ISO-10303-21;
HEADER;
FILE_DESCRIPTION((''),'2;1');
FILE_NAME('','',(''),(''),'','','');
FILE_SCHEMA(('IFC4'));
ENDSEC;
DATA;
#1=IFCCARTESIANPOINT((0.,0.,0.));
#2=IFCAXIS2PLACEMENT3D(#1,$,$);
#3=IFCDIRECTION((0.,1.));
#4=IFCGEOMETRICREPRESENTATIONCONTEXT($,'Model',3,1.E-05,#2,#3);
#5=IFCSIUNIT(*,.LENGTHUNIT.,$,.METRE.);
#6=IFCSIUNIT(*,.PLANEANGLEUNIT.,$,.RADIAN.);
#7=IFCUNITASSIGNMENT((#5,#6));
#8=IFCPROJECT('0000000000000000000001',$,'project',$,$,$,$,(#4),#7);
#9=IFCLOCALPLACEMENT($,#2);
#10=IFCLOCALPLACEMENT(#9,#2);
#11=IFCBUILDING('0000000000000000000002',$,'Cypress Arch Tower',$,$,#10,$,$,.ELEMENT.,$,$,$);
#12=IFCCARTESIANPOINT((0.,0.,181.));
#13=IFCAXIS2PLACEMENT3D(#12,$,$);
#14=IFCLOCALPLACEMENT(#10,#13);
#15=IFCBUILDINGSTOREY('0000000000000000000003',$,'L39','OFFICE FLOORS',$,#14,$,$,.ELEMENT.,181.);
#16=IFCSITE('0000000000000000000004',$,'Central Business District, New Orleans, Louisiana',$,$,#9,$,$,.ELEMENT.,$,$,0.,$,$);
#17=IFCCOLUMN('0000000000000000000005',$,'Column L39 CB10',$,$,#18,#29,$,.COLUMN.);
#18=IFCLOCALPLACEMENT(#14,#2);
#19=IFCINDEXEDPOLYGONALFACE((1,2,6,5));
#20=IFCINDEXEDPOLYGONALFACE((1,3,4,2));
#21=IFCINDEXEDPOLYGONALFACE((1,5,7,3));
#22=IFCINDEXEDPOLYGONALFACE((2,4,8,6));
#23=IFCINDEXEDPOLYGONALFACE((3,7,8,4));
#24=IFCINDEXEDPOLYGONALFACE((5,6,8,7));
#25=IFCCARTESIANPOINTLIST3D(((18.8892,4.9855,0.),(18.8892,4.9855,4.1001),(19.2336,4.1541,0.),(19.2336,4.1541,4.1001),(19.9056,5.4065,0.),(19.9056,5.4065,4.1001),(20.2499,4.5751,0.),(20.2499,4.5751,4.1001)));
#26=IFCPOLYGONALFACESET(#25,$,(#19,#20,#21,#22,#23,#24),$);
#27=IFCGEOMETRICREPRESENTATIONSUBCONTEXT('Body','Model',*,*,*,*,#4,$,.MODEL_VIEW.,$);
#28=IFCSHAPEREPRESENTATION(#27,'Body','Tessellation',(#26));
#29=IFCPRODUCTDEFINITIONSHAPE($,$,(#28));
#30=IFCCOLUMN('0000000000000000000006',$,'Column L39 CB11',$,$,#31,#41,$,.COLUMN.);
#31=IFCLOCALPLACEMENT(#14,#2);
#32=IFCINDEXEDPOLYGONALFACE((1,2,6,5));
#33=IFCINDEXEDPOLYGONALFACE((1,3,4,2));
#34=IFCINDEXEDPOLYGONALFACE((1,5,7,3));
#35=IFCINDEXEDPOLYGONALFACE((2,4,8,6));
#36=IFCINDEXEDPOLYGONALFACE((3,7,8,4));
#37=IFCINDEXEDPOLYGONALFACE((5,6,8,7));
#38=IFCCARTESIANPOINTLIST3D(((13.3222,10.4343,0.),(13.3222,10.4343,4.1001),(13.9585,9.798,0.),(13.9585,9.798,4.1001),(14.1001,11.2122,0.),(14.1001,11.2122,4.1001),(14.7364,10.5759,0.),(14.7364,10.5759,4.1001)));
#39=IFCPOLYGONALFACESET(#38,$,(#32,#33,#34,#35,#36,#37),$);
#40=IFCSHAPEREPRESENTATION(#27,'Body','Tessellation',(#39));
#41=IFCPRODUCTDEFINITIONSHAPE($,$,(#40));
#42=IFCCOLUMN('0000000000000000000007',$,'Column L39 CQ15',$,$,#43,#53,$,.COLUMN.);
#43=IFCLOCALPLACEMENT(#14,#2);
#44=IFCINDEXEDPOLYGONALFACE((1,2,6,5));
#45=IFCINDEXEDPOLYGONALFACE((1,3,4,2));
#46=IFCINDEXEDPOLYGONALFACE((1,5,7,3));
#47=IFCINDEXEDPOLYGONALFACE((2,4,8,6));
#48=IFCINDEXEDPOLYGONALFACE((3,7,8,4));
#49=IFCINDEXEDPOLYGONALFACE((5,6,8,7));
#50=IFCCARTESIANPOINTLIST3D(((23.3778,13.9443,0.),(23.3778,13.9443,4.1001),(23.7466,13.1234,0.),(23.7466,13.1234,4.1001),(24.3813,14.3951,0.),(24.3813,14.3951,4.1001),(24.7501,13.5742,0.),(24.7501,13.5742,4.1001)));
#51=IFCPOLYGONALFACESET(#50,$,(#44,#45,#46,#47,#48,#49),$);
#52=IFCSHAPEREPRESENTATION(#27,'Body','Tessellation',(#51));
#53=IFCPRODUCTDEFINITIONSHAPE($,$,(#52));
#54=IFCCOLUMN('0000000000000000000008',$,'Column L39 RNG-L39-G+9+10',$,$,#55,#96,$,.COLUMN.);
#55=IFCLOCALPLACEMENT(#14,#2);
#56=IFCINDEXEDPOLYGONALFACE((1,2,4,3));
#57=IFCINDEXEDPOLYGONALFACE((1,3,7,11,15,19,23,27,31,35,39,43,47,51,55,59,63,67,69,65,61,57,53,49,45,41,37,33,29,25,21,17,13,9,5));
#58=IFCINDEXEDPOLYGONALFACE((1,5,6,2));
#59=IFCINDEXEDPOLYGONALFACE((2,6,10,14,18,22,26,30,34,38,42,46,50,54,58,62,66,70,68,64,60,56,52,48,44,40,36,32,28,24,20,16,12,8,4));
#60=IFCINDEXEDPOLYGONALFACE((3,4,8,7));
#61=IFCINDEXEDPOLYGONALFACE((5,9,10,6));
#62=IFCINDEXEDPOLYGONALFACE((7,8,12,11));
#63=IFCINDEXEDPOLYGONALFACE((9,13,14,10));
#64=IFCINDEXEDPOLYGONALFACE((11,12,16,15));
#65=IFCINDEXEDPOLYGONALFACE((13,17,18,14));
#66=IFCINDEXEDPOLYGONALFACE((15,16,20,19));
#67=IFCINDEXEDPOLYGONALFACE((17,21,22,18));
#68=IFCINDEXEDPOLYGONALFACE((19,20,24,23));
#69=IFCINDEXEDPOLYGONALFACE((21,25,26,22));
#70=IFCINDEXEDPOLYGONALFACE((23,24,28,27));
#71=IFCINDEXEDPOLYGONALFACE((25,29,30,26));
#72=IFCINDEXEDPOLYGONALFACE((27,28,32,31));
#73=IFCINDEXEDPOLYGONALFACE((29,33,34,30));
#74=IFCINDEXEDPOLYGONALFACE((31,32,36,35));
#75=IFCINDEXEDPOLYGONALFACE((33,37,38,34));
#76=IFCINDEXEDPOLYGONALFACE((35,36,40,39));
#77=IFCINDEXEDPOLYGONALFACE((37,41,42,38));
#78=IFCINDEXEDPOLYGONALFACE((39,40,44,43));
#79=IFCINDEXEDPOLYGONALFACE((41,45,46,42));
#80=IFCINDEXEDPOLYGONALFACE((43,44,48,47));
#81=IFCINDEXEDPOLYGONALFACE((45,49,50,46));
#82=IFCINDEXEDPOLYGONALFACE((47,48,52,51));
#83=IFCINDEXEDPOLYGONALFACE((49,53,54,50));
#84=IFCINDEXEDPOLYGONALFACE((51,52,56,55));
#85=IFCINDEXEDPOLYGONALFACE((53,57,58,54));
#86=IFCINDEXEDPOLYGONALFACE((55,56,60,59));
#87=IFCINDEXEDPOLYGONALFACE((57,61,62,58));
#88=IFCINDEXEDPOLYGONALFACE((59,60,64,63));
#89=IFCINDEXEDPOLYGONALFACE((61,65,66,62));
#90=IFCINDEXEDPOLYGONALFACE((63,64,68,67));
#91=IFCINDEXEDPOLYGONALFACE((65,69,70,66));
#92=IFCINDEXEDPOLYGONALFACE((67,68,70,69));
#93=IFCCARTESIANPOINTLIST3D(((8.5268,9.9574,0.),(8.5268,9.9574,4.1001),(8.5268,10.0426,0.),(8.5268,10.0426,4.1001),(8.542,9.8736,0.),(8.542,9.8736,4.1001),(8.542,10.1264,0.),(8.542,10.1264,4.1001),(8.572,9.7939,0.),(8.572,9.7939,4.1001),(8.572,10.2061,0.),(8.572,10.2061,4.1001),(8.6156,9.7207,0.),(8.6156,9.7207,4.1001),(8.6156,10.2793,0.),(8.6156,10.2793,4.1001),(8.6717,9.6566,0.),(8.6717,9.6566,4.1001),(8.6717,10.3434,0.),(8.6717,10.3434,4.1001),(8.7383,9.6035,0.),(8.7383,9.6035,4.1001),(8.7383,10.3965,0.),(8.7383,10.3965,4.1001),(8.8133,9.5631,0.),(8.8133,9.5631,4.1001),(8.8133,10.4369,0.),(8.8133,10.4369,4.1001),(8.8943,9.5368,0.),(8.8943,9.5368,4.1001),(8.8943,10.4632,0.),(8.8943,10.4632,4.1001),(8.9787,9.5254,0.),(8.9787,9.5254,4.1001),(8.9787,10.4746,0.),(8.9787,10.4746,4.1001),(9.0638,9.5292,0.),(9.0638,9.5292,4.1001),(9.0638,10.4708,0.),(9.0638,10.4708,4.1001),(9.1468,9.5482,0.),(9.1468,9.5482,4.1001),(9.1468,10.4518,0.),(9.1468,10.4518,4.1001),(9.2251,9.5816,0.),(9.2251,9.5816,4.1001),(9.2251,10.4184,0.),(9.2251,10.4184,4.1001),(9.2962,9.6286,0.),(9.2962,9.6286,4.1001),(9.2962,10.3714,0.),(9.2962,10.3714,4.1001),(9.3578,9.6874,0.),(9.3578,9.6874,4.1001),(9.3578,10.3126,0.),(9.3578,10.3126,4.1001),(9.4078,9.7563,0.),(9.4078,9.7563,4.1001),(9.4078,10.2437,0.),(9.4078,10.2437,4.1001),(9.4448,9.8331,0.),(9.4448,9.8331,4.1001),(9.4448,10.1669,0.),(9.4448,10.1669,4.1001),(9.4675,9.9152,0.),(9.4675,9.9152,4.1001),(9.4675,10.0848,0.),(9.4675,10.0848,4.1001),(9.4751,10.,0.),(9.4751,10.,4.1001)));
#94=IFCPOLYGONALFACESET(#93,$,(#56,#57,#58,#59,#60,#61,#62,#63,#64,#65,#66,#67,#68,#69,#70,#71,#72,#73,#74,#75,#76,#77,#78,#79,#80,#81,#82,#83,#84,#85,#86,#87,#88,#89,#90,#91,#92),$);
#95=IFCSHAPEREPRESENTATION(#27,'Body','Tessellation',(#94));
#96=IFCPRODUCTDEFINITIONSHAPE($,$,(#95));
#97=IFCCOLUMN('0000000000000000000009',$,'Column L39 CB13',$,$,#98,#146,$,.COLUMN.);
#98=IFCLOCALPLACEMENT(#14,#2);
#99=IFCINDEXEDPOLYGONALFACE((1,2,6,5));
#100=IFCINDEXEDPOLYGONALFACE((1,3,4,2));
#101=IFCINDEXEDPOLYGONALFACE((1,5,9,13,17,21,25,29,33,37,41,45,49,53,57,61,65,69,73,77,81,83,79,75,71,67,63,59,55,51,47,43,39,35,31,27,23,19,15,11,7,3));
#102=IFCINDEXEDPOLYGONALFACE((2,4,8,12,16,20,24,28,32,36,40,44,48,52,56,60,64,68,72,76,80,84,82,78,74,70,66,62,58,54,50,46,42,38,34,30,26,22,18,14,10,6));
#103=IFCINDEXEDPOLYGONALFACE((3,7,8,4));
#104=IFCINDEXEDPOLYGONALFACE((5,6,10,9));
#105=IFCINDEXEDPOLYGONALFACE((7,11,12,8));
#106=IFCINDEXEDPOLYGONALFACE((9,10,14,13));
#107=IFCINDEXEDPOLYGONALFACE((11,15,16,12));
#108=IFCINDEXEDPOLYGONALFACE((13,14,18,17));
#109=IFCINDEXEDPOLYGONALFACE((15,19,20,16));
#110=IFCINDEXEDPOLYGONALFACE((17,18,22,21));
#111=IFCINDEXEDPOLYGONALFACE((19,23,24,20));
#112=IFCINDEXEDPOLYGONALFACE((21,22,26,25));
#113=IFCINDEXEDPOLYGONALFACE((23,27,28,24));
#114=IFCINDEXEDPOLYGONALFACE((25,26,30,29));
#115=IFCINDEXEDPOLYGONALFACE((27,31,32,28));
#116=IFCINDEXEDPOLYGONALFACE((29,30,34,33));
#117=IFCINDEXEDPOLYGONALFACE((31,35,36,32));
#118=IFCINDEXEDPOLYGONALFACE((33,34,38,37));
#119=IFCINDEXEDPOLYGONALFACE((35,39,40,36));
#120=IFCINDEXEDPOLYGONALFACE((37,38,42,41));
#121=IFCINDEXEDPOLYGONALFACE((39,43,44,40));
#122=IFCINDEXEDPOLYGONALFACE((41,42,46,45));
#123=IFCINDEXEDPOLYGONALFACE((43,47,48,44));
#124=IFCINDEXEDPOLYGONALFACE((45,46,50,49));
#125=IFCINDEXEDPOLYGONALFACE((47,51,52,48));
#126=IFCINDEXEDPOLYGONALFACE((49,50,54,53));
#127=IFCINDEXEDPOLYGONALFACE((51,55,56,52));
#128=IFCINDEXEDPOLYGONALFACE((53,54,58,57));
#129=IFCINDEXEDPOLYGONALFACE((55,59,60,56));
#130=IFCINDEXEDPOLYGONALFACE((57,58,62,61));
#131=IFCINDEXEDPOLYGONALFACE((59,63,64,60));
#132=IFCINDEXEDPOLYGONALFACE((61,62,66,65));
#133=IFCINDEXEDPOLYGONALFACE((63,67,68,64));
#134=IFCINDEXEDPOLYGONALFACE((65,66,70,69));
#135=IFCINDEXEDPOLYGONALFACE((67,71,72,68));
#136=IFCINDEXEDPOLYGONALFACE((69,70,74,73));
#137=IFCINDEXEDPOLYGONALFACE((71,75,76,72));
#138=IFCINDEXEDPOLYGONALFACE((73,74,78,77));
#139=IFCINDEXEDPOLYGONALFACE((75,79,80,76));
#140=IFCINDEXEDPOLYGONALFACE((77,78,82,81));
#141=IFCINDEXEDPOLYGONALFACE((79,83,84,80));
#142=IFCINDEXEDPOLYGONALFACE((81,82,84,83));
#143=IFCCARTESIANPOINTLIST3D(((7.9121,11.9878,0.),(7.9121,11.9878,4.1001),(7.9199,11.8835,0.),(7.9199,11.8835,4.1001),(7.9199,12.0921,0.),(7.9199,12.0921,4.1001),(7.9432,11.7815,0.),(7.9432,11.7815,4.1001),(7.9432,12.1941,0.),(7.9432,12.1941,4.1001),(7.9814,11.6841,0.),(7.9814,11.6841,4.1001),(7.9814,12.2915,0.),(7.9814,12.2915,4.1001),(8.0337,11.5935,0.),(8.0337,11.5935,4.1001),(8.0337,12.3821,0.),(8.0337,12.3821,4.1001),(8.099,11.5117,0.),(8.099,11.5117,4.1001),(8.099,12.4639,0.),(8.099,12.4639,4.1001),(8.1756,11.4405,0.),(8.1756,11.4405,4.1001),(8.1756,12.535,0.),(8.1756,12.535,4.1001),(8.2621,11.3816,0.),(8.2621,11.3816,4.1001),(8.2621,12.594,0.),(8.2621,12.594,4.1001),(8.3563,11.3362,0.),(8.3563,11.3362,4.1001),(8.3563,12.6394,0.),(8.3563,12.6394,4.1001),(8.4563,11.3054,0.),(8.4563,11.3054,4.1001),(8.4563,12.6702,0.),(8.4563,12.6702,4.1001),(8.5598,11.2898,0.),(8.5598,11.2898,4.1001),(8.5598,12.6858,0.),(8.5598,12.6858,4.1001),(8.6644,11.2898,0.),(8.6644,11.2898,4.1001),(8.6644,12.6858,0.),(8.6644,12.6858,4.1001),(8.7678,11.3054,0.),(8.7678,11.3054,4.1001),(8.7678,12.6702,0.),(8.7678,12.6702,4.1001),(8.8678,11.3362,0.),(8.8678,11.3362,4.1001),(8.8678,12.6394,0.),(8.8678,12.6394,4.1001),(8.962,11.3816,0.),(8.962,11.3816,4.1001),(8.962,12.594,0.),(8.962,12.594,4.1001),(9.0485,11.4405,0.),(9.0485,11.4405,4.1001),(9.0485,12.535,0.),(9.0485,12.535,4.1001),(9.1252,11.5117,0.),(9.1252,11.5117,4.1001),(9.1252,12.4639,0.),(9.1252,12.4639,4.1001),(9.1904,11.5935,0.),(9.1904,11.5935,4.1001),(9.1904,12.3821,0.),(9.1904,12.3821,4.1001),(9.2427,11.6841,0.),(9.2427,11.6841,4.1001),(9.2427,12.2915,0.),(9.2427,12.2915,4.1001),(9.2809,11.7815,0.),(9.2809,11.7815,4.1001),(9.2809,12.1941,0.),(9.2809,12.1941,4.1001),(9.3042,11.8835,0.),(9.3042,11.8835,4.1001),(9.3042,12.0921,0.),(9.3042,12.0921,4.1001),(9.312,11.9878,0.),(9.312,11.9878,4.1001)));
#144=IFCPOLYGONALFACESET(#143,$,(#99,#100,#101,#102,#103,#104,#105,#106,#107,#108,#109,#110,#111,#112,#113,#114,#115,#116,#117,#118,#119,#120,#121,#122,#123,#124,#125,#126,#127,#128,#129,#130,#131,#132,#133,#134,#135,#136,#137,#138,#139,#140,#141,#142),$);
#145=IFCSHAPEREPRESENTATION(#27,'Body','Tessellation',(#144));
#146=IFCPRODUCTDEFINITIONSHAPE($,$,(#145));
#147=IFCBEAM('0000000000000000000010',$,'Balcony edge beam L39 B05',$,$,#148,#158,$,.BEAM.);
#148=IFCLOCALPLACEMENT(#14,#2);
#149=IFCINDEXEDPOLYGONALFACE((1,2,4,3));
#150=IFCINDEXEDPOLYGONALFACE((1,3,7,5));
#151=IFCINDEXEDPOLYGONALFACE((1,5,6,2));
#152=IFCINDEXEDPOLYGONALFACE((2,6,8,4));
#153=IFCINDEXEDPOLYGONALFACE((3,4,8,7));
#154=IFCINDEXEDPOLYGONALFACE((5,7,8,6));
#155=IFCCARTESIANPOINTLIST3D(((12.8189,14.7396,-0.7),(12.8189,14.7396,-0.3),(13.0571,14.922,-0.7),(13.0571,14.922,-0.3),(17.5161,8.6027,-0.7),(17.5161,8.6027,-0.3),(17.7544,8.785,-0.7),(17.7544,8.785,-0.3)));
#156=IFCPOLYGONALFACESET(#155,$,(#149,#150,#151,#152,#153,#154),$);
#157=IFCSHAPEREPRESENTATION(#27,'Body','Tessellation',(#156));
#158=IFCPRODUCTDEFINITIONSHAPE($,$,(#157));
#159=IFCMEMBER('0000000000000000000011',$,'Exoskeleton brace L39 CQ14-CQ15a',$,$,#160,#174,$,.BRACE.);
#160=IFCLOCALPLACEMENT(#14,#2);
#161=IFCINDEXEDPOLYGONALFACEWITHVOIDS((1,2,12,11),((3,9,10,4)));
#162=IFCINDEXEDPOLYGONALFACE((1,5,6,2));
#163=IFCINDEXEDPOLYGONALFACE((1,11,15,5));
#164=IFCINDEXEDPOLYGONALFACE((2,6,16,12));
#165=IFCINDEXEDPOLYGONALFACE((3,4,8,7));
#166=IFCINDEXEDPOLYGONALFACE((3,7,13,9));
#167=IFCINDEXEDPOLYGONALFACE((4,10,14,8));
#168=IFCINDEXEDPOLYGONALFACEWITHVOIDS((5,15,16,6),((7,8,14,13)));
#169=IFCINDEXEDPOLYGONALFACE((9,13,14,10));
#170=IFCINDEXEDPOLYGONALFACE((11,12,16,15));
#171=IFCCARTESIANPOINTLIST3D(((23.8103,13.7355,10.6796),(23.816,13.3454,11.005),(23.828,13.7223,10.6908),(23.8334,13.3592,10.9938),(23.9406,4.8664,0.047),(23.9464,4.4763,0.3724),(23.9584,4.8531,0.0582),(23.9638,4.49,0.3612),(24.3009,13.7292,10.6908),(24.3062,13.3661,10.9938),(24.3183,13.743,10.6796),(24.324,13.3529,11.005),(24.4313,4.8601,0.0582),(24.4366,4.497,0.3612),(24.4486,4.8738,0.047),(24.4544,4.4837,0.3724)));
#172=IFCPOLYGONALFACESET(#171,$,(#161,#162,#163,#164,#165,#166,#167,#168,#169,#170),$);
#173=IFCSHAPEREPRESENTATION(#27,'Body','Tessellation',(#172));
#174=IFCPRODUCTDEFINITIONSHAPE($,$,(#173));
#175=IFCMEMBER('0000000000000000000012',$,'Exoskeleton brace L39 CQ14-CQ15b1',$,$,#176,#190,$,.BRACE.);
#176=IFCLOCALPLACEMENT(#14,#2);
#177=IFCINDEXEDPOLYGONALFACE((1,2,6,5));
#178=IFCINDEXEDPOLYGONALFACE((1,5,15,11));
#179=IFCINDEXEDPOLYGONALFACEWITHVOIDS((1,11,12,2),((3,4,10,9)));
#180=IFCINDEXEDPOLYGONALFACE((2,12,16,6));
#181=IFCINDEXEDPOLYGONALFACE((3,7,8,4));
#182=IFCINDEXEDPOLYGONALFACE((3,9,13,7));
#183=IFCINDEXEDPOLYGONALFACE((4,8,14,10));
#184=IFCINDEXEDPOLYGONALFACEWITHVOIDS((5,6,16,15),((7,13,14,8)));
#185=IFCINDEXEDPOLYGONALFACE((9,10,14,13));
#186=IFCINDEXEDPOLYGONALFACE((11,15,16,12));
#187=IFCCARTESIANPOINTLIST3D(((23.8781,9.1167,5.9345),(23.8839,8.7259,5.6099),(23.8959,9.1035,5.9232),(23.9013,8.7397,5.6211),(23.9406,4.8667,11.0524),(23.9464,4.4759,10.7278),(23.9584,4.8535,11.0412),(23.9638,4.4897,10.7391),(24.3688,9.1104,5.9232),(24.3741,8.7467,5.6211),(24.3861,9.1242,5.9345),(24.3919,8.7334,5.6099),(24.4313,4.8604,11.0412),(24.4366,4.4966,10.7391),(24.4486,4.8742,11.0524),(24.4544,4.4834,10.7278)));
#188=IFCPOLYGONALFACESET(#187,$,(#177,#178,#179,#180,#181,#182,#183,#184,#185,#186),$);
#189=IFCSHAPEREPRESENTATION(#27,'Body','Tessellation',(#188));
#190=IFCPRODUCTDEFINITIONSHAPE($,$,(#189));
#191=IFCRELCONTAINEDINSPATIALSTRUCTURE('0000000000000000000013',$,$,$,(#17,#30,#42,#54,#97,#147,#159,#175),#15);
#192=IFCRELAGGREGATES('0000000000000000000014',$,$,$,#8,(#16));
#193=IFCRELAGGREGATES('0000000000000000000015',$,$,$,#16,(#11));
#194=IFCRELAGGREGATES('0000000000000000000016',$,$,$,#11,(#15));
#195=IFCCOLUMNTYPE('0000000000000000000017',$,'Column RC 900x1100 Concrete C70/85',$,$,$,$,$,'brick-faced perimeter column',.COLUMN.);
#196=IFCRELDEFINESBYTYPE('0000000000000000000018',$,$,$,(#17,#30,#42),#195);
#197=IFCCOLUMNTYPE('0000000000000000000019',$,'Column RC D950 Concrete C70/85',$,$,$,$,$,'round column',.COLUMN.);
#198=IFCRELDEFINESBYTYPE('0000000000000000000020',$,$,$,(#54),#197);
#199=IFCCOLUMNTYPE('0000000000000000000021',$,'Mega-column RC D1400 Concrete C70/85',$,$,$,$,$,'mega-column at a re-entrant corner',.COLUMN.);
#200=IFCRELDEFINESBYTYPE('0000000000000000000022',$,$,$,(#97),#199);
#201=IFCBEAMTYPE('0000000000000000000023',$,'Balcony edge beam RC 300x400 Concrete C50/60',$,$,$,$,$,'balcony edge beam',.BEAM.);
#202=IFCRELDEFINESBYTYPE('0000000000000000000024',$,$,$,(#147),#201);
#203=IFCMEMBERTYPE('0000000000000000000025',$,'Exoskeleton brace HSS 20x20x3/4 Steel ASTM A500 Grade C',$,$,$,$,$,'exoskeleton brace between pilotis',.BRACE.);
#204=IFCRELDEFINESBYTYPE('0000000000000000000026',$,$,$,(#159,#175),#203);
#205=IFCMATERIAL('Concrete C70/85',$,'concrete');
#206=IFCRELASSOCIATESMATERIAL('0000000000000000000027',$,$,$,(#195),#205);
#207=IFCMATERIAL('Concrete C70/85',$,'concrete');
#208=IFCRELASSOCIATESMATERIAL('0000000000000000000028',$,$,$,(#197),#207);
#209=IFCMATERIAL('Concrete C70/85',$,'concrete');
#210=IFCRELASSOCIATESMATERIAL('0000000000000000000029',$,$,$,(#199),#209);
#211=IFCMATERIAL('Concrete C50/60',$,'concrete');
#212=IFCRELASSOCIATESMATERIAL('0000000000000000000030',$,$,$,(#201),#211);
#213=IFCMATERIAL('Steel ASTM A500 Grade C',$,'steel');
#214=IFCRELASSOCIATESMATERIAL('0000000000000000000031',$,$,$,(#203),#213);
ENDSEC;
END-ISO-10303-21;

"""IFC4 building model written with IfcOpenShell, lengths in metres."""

from ifc_helpers import new_model, si_unit, direction, frame, origin, origin_2d, place, context, subcontext, project, spatial, rectangle, hollow_rectangle, circle, extrude, material, material_profile, profile_set, type_object, element, save


model = new_model("IFC4")

# Units and contexts
model_context = context("Model", 3, precision=1e-05, world=origin(), true_north=direction((0.0, 1.0)))
body_context = subcontext(model_context, "Body", "Model", "MODEL_VIEW")
ifc_project = project(units=[si_unit("LENGTHUNIT", "METRE"), si_unit("PLANEANGLEUNIT", "RADIAN")], contexts=[model_context])

# Site, building, storey
site_placement = place(None, origin())
site = spatial("IfcSite", under=ifc_project, at=site_placement, Name="Central Business District, New Orleans, Louisiana", CompositionType="ELEMENT", RefElevation=0.0)
building_placement = place(site_placement, origin())
building = spatial("IfcBuilding", under=site, at=building_placement, Name="Cypress Arch Tower", CompositionType="ELEMENT")
storey_placement = place(building_placement, frame((0.0, 0.0, 181.0)))
storey = spatial("IfcBuildingStorey", under=building, at=storey_placement, Name="L39", Description="OFFICE FLOORS", CompositionType="ELEMENT", Elevation=181.0)

# Columns
ifc_material_1 = material(Name="Concrete C70/85", Category="concrete")
ifc_material_profile_1 = material_profile(ifc_material_1, rectangle(XDim=0.8999, YDim=1.1001, at=origin_2d()), Name="RC 900x1100")
ifc_profile_set_1 = profile_set([ifc_material_profile_1], Name="Concrete C70/85")
column_type_1 = type_object("IfcColumnType", Name="Column RC 900x1100 Concrete C70/85", ElementType="brick-faced perimeter column", PredefinedType="COLUMN", material=ifc_profile_set_1)
for number, where, z_axis, x_axis, name in (
    (1, (19.5696, 4.7803, 0.0), (0.0, 0.0, 1.0), (-0.382683, 0.92388, 0.0), "Column L39 CB10"),
    (2, (14.0293, 10.5051, 0.0), (0.0, 0.0, 1.0), (-0.707107, 0.707107, 0.0), "Column L39 CB11"),
    (3, (24.064, 13.7593, 0.0), (0.0, 0.0, 1.0), (-0.409765, 0.912191, 0.0), "Column L39 CQ15"),
):
    element("IfcColumn", number, at=place(storey_placement, frame(where, z_axis=z_axis, x_axis=x_axis)), inside=storey, type_object=column_type_1, Name=name, PredefinedType="COLUMN", context=body_context, shape_type="SweptSolid", body=[
        extrude(rectangle(XDim=0.8999, YDim=1.1001, at=origin_2d()), origin(), (0.0, 0.0, 1.0), 4.1001),
    ])
ifc_material_2 = material(Name="Concrete C70/85", Category="concrete")
ifc_material_profile_2 = material_profile(ifc_material_2, circle(Radius=0.4751, at=origin_2d()), Name="RC D950")
ifc_profile_set_2 = profile_set([ifc_material_profile_2], Name="Concrete C70/85")
column_type_2 = type_object("IfcColumnType", Name="Column RC D950 Concrete C70/85", ElementType="round column", PredefinedType="COLUMN", material=ifc_profile_set_2)
column_1_placement = place(storey_placement, frame((9.0, 10.0, 0.0), z_axis=(0.0, 0.0, 1.0), x_axis=(1.0, 0.0, 0.0)))
element("IfcColumn", 4, at=column_1_placement, inside=storey, type_object=column_type_2, Name="Column L39 RNG-L39-G+9+10", PredefinedType="COLUMN", context=body_context, shape_type="SweptSolid", body=[
    extrude(circle(Radius=0.4751, at=origin_2d()), origin(), (0.0, 0.0, 1.0), 4.1001),
])
ifc_material_3 = material(Name="Concrete C70/85", Category="concrete")
ifc_material_profile_3 = material_profile(ifc_material_3, circle(Radius=0.7, at=origin_2d()), Name="RC D1400")
ifc_profile_set_3 = profile_set([ifc_material_profile_3], Name="Concrete C70/85")
column_type_3 = type_object("IfcColumnType", Name="Mega-column RC D1400 Concrete C70/85", ElementType="mega-column at a re-entrant corner", PredefinedType="COLUMN", material=ifc_profile_set_3)
column_2_placement = place(storey_placement, frame((8.6121, 11.9878, 0.0), z_axis=(0.0, 0.0, 1.0), x_axis=(1.0, 0.0, 0.0)))
element("IfcColumn", 5, at=column_2_placement, inside=storey, type_object=column_type_3, Name="Column L39 CB13", PredefinedType="COLUMN", context=body_context, shape_type="SweptSolid", body=[
    extrude(circle(Radius=0.7, at=origin_2d()), origin(), (0.0, 0.0, 1.0), 4.1001),
])

# Beam
ifc_material_4 = material(Name="Concrete C50/60", Category="concrete")
ifc_material_profile_4 = material_profile(ifc_material_4, rectangle(XDim=0.3, YDim=0.3999, at=origin_2d()), Name="RC 300x400")
ifc_profile_set_4 = profile_set([ifc_material_profile_4], Name="Concrete C50/60")
beam_type_1 = type_object("IfcBeamType", Name="Balcony edge beam RC 300x400 Concrete C50/60", ElementType="balcony edge beam", PredefinedType="BEAM", material=ifc_profile_set_4)
beam_1_placement = place(storey_placement, frame((17.6353, 8.6938, -0.5), z_axis=(-0.607801, 0.79409, 0.0), x_axis=(-0.79409, -0.607801, 0.0)))
element("IfcBeam", 6, at=beam_1_placement, inside=storey, type_object=beam_type_1, Name="Balcony edge beam L39 B05", PredefinedType="BEAM", context=body_context, shape_type="SweptSolid", body=[
    extrude(rectangle(XDim=0.3, YDim=0.3999, at=origin_2d()), origin(), (0.0, 0.0, 1.0), 7.7283),
])

# Members
ifc_material_5 = material(Name="Steel ASTM A500 Grade C", Category="steel")
ifc_material_profile_5 = material_profile(ifc_material_5, hollow_rectangle(XDim=0.5081, YDim=0.5081, WallThickness=0.0176, at=origin_2d()), Name="HSS 20x20x3/4")
ifc_profile_set_5 = profile_set([ifc_material_profile_5], Name="Steel ASTM A500 Grade C")
member_type = type_object("IfcMemberType", Name="Exoskeleton brace HSS 20x20x3/4 Steel ASTM A500 Grade C", ElementType="exoskeleton brace between pilotis", PredefinedType="BRACE", material=ifc_profile_set_5)
member_1_placement = place(storey_placement, frame((24.1975, 4.675, 0.2097), z_axis=(-0.009415, 0.640525, 0.767879), x_axis=(-0.999892, -0.014698, 0.0)))
element("IfcMember", 7, at=member_1_placement, inside=storey, type_object=member_type, Name="Exoskeleton brace L39 CQ14-CQ15a", PredefinedType="BRACE", context=body_context, shape_type="SweptSolid", body=[
    extrude(hollow_rectangle(XDim=0.5081, YDim=0.5081, WallThickness=0.0176, at=origin_2d()), origin(), (0.0, 0.0, 1.0), 13.8467),
])
member_2_placement = place(storey_placement, frame((24.1975, 4.675, 10.8901), z_axis=(-0.009395, 0.63883, -0.76929), x_axis=(-0.999892, -0.014704, 0.0)))
element("IfcMember", 8, at=member_2_placement, inside=storey, type_object=member_type, Name="Exoskeleton brace L39 CQ14-CQ15b1", PredefinedType="BRACE", context=body_context, shape_type="SweptSolid", body=[
    extrude(hollow_rectangle(XDim=0.5081, YDim=0.5081, WallThickness=0.0176, at=origin_2d()), origin(), (0.0, 0.0, 1.0), 6.6528),
])

save(model, "model.ifc")
